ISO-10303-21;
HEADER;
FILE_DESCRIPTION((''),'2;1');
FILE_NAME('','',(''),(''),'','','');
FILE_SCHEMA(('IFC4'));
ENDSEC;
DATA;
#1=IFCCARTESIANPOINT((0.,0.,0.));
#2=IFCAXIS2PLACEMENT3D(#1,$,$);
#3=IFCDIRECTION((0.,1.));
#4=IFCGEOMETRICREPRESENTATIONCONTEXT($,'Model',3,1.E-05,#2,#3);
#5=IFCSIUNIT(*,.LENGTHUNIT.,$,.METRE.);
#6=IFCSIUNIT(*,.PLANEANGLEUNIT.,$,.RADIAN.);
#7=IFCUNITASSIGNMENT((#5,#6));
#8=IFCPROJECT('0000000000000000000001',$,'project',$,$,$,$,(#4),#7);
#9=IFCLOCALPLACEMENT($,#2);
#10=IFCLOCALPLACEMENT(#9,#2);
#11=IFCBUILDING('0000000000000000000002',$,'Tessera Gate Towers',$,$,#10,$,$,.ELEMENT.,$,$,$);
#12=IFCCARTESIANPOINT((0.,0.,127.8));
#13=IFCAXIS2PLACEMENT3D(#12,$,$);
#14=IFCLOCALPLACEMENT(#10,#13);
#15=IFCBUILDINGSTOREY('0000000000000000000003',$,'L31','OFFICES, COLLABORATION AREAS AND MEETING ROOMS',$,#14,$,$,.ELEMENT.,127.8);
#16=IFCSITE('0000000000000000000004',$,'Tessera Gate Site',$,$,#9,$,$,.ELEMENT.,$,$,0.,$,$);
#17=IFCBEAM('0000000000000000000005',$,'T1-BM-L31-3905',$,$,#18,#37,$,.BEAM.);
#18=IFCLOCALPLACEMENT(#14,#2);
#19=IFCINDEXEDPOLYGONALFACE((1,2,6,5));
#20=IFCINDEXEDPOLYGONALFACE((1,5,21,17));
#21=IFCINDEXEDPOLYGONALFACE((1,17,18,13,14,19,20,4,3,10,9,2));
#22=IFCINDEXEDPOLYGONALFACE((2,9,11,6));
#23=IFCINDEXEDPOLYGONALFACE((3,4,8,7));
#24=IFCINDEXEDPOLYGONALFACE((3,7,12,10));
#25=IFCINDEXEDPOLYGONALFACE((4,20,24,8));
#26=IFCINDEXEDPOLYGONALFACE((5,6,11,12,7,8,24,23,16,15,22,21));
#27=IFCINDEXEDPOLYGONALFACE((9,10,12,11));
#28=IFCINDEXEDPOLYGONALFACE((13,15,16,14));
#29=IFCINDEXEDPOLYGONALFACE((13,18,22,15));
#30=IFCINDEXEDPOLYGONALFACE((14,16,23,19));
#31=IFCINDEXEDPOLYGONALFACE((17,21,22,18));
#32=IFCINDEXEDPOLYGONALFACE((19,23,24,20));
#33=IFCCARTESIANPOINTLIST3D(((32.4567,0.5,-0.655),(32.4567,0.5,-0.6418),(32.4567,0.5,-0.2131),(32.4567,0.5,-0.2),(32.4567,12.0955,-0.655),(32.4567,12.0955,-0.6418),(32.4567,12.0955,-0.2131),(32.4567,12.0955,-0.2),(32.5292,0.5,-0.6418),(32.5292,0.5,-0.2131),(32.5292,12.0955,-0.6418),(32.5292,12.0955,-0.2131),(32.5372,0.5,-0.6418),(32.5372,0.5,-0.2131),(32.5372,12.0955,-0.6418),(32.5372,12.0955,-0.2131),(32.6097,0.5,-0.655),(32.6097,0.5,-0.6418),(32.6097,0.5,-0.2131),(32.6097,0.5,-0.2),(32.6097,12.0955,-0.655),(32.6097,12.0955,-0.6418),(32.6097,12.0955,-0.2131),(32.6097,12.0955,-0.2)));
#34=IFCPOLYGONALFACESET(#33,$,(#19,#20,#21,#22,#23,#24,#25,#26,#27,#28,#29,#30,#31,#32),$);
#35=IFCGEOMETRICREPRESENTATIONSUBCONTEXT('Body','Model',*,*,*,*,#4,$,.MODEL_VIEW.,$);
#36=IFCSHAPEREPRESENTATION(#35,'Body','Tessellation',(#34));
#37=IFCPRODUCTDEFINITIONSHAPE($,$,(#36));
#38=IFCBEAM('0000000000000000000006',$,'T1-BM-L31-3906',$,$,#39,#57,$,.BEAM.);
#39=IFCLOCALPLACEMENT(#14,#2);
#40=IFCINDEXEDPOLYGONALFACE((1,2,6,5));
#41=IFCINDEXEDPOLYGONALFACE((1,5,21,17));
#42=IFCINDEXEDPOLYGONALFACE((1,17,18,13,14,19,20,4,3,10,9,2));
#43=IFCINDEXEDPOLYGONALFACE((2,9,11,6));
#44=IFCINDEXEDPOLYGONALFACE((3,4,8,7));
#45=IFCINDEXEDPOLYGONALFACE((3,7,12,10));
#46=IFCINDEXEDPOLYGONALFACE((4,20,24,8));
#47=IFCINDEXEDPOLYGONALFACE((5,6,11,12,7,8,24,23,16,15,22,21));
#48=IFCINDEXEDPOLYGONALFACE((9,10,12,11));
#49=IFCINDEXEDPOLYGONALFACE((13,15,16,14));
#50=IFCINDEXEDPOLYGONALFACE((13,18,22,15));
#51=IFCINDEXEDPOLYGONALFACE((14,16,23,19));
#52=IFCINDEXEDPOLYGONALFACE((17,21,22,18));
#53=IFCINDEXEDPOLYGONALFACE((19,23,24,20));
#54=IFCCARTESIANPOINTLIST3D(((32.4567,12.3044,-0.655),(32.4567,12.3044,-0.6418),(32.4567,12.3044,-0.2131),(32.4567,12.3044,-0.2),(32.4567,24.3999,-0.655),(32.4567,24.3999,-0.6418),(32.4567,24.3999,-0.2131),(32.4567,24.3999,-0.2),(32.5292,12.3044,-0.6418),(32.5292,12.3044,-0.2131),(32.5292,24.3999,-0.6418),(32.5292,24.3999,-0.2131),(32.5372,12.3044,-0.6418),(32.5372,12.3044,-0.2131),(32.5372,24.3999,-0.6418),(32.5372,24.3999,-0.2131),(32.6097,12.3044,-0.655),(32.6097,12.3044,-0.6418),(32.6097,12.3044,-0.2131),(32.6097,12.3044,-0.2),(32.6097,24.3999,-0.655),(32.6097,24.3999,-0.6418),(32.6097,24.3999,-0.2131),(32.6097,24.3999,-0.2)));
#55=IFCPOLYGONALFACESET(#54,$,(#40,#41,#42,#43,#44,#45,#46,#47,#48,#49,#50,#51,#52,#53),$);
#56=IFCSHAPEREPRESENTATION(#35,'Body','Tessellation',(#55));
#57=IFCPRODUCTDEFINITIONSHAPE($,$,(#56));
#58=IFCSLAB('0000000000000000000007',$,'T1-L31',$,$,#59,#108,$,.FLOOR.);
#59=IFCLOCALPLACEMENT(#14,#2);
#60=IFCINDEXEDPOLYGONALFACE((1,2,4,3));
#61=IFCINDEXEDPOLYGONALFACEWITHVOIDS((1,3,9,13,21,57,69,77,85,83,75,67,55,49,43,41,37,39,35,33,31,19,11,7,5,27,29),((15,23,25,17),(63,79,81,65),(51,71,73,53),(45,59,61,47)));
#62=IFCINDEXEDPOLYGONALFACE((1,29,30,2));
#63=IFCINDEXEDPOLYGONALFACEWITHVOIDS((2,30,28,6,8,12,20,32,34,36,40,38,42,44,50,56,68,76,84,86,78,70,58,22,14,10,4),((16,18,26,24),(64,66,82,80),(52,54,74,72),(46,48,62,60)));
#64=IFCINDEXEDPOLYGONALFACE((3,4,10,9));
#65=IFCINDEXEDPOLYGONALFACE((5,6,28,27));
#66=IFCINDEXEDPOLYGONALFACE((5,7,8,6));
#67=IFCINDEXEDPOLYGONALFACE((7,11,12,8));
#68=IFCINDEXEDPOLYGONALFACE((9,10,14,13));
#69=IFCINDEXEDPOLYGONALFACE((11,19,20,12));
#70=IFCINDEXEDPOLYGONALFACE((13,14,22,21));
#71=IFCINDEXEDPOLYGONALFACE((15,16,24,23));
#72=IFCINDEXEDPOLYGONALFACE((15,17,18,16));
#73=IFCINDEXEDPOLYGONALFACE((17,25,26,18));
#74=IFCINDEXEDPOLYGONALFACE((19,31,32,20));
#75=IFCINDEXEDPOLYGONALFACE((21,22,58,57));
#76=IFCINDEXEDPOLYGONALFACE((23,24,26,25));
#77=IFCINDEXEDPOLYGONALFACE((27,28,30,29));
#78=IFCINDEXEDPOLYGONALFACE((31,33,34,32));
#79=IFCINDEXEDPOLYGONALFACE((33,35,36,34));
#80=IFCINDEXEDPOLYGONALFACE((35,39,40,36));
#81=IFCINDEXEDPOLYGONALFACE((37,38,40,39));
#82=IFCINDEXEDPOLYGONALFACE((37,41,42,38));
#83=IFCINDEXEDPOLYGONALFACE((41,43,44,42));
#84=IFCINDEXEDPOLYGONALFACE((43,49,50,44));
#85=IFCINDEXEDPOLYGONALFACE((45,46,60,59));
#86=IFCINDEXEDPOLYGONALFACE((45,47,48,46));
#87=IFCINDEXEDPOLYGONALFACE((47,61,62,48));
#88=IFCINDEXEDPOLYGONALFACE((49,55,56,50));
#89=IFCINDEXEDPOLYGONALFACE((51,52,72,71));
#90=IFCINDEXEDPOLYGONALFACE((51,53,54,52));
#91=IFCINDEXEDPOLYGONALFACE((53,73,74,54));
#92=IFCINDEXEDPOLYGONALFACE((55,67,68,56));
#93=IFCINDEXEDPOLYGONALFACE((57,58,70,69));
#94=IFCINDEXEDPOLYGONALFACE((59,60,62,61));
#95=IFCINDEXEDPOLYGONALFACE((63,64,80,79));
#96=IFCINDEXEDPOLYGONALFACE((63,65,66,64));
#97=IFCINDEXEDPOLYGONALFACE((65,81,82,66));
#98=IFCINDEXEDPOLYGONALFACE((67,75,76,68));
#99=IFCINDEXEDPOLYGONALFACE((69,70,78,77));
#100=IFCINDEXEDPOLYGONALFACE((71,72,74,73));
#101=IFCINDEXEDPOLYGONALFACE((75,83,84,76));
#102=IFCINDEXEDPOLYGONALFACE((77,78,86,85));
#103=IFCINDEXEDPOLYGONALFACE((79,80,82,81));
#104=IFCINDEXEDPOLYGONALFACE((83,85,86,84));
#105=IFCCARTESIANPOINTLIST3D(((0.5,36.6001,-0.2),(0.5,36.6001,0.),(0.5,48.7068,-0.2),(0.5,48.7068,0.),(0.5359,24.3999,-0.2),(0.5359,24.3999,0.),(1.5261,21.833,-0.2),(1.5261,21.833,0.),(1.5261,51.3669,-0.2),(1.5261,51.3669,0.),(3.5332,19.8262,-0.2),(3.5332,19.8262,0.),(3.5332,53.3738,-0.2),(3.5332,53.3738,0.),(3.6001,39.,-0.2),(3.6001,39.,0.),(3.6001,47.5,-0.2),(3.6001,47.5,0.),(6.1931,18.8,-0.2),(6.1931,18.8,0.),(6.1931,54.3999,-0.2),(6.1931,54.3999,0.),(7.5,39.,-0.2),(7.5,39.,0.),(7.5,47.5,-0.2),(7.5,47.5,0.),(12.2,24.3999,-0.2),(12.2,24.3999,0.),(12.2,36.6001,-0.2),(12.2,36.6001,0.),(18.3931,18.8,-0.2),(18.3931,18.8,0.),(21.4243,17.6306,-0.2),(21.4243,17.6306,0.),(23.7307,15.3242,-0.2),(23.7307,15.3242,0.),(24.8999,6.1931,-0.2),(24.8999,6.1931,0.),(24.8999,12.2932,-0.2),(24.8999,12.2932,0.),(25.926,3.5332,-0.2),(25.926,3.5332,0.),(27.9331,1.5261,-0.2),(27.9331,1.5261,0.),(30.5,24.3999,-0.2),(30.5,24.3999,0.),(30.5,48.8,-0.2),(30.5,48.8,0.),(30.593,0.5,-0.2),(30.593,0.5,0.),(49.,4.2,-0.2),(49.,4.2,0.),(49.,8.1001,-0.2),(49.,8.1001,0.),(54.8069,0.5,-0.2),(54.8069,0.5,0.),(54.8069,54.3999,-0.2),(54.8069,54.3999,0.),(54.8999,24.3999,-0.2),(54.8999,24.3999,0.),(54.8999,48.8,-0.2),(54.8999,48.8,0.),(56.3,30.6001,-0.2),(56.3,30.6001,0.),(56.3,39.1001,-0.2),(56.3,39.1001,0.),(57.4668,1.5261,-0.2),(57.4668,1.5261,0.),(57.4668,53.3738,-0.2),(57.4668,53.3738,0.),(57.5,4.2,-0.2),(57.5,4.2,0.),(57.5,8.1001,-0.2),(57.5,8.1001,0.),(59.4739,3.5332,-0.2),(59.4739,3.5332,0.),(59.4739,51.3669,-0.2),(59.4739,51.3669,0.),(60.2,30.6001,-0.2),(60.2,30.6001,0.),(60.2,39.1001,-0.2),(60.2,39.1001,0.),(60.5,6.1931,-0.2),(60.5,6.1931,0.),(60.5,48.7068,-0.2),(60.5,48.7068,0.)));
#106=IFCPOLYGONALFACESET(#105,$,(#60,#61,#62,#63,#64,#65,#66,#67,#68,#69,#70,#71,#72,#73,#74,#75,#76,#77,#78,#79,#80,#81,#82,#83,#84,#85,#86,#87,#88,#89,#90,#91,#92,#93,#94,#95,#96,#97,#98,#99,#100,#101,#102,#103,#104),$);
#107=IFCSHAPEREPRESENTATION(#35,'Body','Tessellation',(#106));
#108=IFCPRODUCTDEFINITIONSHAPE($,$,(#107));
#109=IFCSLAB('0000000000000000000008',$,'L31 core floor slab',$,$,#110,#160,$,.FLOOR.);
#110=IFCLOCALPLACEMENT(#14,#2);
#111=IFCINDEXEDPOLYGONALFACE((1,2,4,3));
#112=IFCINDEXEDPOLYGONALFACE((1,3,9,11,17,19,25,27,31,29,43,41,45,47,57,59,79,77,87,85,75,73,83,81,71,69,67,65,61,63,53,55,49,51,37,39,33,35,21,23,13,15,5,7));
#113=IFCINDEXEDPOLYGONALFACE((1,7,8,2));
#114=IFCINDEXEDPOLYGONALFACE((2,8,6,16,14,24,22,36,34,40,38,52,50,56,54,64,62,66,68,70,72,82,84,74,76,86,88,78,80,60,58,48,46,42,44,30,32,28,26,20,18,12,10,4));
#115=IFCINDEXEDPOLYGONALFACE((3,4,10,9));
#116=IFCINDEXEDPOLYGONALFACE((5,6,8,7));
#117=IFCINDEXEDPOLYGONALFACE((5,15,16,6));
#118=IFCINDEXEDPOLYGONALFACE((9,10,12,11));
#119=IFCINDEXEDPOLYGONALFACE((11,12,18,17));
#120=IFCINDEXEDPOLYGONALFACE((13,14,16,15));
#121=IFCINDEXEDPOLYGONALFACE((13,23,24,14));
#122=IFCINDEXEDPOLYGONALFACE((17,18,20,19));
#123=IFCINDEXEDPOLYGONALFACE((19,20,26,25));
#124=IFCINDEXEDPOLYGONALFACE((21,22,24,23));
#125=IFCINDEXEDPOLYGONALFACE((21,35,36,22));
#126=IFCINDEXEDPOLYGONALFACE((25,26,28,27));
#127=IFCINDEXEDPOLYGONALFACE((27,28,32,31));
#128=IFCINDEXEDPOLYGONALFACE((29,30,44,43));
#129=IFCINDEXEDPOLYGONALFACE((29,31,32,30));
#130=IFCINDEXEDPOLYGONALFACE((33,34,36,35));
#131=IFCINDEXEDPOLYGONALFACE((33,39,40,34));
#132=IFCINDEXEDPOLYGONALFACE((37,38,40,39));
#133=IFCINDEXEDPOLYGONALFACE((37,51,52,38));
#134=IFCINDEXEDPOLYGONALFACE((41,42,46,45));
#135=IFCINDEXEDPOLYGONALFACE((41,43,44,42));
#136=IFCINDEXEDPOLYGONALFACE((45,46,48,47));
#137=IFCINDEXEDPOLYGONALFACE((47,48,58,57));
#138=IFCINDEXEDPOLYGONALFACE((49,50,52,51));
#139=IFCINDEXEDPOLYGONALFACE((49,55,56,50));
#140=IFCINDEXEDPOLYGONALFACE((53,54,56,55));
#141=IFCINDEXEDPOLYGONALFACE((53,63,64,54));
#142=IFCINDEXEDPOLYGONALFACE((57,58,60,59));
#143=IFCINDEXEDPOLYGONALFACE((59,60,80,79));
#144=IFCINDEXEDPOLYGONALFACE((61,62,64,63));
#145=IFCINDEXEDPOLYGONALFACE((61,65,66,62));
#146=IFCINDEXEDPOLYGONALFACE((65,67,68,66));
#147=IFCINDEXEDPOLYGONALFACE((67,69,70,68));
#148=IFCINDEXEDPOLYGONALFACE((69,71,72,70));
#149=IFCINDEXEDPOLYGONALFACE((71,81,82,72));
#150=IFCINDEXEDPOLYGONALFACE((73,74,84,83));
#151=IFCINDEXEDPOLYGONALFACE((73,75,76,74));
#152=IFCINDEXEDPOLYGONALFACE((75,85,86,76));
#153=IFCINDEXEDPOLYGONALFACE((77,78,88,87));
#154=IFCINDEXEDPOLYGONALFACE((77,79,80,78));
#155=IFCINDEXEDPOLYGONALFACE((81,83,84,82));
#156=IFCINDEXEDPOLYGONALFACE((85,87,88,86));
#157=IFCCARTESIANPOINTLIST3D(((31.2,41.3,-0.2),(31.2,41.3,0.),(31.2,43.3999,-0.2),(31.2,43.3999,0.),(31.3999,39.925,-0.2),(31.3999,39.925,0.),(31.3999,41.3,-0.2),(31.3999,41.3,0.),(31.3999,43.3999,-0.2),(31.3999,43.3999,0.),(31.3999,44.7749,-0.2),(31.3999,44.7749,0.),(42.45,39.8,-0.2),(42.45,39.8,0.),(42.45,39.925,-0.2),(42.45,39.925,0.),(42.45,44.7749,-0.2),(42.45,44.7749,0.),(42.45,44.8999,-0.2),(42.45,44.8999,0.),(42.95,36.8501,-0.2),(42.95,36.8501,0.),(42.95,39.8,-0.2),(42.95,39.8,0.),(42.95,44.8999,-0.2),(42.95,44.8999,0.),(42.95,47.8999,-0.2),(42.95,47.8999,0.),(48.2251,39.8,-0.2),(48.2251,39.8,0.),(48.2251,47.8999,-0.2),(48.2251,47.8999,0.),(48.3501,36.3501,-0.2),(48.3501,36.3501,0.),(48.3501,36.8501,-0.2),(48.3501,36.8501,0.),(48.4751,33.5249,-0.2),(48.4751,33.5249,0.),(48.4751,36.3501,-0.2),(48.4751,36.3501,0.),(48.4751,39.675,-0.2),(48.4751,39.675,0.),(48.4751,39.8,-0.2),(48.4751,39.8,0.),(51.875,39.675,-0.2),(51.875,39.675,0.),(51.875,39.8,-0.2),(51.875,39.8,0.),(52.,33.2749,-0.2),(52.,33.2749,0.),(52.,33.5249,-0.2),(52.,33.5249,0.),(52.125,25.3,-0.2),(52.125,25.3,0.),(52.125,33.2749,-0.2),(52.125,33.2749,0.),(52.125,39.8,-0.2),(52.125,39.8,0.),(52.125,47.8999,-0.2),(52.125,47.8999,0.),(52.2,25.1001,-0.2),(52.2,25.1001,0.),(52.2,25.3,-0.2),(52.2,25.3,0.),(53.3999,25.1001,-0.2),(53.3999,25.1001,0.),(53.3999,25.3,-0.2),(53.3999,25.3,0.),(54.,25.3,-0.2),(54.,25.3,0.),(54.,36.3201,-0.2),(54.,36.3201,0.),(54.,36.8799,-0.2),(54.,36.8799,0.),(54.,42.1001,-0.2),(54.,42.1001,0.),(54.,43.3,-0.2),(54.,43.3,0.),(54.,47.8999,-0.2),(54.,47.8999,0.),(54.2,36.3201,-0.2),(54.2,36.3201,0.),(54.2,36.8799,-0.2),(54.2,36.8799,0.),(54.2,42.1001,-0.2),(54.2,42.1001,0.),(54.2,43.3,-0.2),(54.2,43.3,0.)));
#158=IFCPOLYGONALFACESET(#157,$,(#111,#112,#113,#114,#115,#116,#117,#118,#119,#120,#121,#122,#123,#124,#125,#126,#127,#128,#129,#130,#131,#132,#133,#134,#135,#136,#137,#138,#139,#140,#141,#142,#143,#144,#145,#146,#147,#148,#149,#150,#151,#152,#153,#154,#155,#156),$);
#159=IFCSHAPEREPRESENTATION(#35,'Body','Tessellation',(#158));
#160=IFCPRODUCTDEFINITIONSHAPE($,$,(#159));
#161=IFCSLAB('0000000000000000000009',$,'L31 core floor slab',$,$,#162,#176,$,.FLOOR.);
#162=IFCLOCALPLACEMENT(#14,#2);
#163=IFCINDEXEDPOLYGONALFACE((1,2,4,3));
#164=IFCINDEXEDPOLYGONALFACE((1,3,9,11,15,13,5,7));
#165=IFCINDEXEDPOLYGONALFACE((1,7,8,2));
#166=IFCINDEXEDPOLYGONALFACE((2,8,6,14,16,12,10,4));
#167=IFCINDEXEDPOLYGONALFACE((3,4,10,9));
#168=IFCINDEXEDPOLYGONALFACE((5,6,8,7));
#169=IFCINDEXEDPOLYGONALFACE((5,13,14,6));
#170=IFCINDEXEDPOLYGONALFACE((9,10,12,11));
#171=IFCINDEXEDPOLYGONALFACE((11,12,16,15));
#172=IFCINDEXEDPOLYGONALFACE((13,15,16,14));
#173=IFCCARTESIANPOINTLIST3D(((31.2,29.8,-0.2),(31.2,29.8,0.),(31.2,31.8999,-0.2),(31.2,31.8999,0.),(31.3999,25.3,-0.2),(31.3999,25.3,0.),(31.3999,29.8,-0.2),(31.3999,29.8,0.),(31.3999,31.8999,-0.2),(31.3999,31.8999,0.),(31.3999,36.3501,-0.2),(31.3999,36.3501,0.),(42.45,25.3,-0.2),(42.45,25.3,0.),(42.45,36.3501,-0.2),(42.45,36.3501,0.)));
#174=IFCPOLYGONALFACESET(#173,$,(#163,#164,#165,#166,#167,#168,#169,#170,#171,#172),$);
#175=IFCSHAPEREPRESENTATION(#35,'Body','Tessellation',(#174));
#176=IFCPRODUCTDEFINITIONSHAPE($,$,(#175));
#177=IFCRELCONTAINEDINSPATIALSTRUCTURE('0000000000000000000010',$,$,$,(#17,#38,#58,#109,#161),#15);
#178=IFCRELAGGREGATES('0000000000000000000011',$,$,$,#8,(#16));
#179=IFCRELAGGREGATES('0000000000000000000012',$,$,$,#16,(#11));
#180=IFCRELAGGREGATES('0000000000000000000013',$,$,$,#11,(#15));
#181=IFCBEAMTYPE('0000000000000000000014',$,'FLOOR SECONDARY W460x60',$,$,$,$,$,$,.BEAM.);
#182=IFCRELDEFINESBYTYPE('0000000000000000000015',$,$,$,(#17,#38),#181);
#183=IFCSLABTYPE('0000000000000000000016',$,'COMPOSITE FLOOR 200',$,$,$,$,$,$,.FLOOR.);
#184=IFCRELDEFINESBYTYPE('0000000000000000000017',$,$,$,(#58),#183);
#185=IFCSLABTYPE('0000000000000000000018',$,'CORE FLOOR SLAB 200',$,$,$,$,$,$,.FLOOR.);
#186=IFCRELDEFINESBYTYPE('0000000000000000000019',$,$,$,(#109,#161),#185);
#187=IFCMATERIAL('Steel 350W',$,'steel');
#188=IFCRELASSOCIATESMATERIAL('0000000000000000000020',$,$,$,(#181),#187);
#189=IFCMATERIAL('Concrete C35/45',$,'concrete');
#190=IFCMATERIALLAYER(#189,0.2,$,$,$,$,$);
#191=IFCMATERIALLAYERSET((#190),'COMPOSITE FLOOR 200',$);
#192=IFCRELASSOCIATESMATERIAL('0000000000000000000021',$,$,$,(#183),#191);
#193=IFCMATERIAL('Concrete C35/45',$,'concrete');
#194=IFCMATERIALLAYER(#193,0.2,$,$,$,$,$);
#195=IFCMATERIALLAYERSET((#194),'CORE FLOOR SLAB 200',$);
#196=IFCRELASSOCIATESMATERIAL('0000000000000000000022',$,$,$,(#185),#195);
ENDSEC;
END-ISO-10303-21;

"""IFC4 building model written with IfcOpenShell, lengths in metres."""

from ifc_helpers import new_model, si_unit, direction, frame, origin, origin_2d, place, context, subcontext, project, spatial, polyline, i_section, outline, extrude, material, layer, layer_set, material_profile, profile_set, type_object, element, save


model = new_model("IFC4")

# Units and contexts
model_context = context("Model", 3, precision=1e-05, world=origin(), true_north=direction((0.0, 1.0)))
body_context = subcontext(model_context, "Body", "Model", "MODEL_VIEW")
ifc_project = project(units=[si_unit("LENGTHUNIT", "METRE"), si_unit("PLANEANGLEUNIT", "RADIAN")], contexts=[model_context])

# Site, building, storey
site_placement = place(None, origin())
site = spatial("IfcSite", under=ifc_project, at=site_placement, Name="Tessera Gate Site", CompositionType="ELEMENT", RefElevation=0.0)
building_placement = place(site_placement, origin())
building = spatial("IfcBuilding", under=site, at=building_placement, Name="Tessera Gate Towers", CompositionType="ELEMENT")
storey_placement = place(building_placement, frame((0.0, 0.0, 127.8)))
storey = spatial("IfcBuildingStorey", under=building, at=storey_placement, Name="L31", Description="OFFICES, COLLABORATION AREAS AND MEETING ROOMS", CompositionType="ELEMENT", Elevation=127.8)

# Beams
ifc_material_1 = material(Name="Steel 350W", Category="steel")
ifc_material_profile_1 = material_profile(ifc_material_1, i_section(OverallWidth=0.1531, OverallDepth=0.4551, WebThickness=0.0081, FlangeThickness=0.0132, at=origin_2d()), Name="W460x60")
ifc_profile_set_1 = profile_set([ifc_material_profile_1], Name="Steel 350W")
beam_type_1 = type_object("IfcBeamType", Name="FLOOR SECONDARY W460x60", PredefinedType="BEAM", material=ifc_profile_set_1)
beam_1_placement = place(storey_placement, frame((32.5332, 0.5, -0.4275), z_axis=(0.0, 1.0, 0.0), x_axis=(-1.0, 0.0, 0.0)))
element("IfcBeam", 1, at=beam_1_placement, inside=storey, type_object=beam_type_1, Name="T1-BM-L31-3905", PredefinedType="BEAM", context=body_context, shape_type="SweptSolid", body=[
    extrude(i_section(OverallWidth=0.1531, OverallDepth=0.4551, WebThickness=0.0081, FlangeThickness=0.0132, at=origin_2d()), origin(), (0.0, 0.0, 1.0), 11.5955),
])
beam_2_placement = place(storey_placement, frame((32.5332, 12.3044, -0.4275), z_axis=(0.0, 1.0, 0.0), x_axis=(-1.0, 0.0, 0.0)))
element("IfcBeam", 2, at=beam_2_placement, inside=storey, type_object=beam_type_1, Name="T1-BM-L31-3906", PredefinedType="BEAM", context=body_context, shape_type="SweptSolid", body=[
    extrude(i_section(OverallWidth=0.1531, OverallDepth=0.4551, WebThickness=0.0081, FlangeThickness=0.0132, at=origin_2d()), origin(), (0.0, 0.0, 1.0), 12.0955),
])

# Slabs
ifc_material_2 = material(Name="Concrete C35/45", Category="concrete")
ifc_layer_1 = layer(ifc_material_2, 0.2)
ifc_layer_set_1 = layer_set([ifc_layer_1], Name="COMPOSITE FLOOR 200")
slab_type_1 = type_object("IfcSlabType", Name="COMPOSITE FLOOR 200", PredefinedType="FLOOR", material=ifc_layer_set_1)
slab_1_placement = place(storey_placement, frame((0.0, 0.0, -0.2)))
element("IfcSlab", 3, at=slab_1_placement, inside=storey, type_object=slab_type_1, Name="T1-L31", PredefinedType="FLOOR", context=body_context, shape_type="SweptSolid", body=[
    extrude(outline(polyline([(0.5, 36.6001), (12.2, 36.6001), (12.2, 24.3999), (0.5359, 24.3999), (1.5261, 21.833), (3.5332, 19.8262), (6.1931, 18.8), (18.3931, 18.8), (21.4243, 17.6306), (23.7307, 15.3242), (24.8999, 12.2932), (24.8999, 6.1931), (25.926, 3.5332), (27.9331, 1.5261), (30.593, 0.5), (54.8069, 0.5), (57.4668, 1.5261), (59.4739, 3.5332), (60.5, 6.1931), (60.5, 48.7068), (59.4739, 51.3669), (57.4668, 53.3738), (54.8069, 54.3999), (6.1931, 54.3999), (3.5332, 53.3738), (1.5261, 51.3669), (0.5, 48.7068), (0.5, 36.6001)]), holes=[polyline([(3.6001, 39.0), (3.6001, 47.5), (7.5, 47.5), (7.5, 39.0), (3.6001, 39.0)]), polyline([(30.5, 24.3999), (30.5, 48.8), (54.8999, 48.8), (54.8999, 24.3999), (30.5, 24.3999)]), polyline([(49.0, 4.2), (49.0, 8.1001), (57.5, 8.1001), (57.5, 4.2), (49.0, 4.2)]), polyline([(56.3, 30.6001), (56.3, 39.1001), (60.2, 39.1001), (60.2, 30.6001), (56.3, 30.6001)])]), origin(), (0.0, 0.0, 1.0), 0.2),
])
ifc_material_3 = material(Name="Concrete C35/45", Category="concrete")
ifc_layer_2 = layer(ifc_material_3, 0.2)
ifc_layer_set_2 = layer_set([ifc_layer_2], Name="CORE FLOOR SLAB 200")
slab_type_2 = type_object("IfcSlabType", Name="CORE FLOOR SLAB 200", PredefinedType="FLOOR", material=ifc_layer_set_2)
slab_2_placement = place(storey_placement, frame((0.0, 0.0, -0.2)))
element("IfcSlab", 4, at=slab_2_placement, inside=storey, type_object=slab_type_2, Name="L31 core floor slab", PredefinedType="FLOOR", context=body_context, shape_type="SweptSolid", body=[
    extrude(outline(polyline([(42.45, 44.8999), (42.45, 44.7749), (31.3999, 44.7749), (31.3999, 43.3999), (31.2, 43.3999), (31.2, 41.3), (31.3999, 41.3), (31.3999, 39.925), (42.45, 39.925), (42.45, 39.8), (42.95, 39.8), (42.95, 36.8501), (48.3501, 36.8501), (48.3501, 36.3501), (48.4751, 36.3501), (48.4751, 33.5249), (52.0, 33.5249), (52.0, 33.2749), (52.125, 33.2749), (52.125, 25.3), (52.2, 25.3), (52.2, 25.1001), (53.3999, 25.1001), (53.3999, 25.3), (54.0, 25.3), (54.0, 36.3201), (54.2, 36.3201), (54.2, 36.8799), (54.0, 36.8799), (54.0, 42.1001), (54.2, 42.1001), (54.2, 43.3), (54.0, 43.3), (54.0, 47.8999), (52.125, 47.8999), (52.125, 39.8), (51.875, 39.8), (51.875, 39.675), (48.4751, 39.675), (48.4751, 39.8), (48.2251, 39.8), (48.2251, 47.8999), (42.95, 47.8999), (42.95, 44.8999), (42.45, 44.8999)])), origin(), (0.0, 0.0, 1.0), 0.2),
])
slab_3_placement = place(storey_placement, frame((0.0, 0.0, -0.2)))
element("IfcSlab", 5, at=slab_3_placement, inside=storey, type_object=slab_type_2, Name="L31 core floor slab", PredefinedType="FLOOR", context=body_context, shape_type="SweptSolid", body=[
    extrude(outline(polyline([(31.3999, 36.3501), (31.3999, 31.8999), (31.2, 31.8999), (31.2, 29.8), (31.3999, 29.8), (31.3999, 25.3), (42.45, 25.3), (42.45, 36.3501), (31.3999, 36.3501)])), origin(), (0.0, 0.0, 1.0), 0.2),
])

save(model, "model.ifc")
